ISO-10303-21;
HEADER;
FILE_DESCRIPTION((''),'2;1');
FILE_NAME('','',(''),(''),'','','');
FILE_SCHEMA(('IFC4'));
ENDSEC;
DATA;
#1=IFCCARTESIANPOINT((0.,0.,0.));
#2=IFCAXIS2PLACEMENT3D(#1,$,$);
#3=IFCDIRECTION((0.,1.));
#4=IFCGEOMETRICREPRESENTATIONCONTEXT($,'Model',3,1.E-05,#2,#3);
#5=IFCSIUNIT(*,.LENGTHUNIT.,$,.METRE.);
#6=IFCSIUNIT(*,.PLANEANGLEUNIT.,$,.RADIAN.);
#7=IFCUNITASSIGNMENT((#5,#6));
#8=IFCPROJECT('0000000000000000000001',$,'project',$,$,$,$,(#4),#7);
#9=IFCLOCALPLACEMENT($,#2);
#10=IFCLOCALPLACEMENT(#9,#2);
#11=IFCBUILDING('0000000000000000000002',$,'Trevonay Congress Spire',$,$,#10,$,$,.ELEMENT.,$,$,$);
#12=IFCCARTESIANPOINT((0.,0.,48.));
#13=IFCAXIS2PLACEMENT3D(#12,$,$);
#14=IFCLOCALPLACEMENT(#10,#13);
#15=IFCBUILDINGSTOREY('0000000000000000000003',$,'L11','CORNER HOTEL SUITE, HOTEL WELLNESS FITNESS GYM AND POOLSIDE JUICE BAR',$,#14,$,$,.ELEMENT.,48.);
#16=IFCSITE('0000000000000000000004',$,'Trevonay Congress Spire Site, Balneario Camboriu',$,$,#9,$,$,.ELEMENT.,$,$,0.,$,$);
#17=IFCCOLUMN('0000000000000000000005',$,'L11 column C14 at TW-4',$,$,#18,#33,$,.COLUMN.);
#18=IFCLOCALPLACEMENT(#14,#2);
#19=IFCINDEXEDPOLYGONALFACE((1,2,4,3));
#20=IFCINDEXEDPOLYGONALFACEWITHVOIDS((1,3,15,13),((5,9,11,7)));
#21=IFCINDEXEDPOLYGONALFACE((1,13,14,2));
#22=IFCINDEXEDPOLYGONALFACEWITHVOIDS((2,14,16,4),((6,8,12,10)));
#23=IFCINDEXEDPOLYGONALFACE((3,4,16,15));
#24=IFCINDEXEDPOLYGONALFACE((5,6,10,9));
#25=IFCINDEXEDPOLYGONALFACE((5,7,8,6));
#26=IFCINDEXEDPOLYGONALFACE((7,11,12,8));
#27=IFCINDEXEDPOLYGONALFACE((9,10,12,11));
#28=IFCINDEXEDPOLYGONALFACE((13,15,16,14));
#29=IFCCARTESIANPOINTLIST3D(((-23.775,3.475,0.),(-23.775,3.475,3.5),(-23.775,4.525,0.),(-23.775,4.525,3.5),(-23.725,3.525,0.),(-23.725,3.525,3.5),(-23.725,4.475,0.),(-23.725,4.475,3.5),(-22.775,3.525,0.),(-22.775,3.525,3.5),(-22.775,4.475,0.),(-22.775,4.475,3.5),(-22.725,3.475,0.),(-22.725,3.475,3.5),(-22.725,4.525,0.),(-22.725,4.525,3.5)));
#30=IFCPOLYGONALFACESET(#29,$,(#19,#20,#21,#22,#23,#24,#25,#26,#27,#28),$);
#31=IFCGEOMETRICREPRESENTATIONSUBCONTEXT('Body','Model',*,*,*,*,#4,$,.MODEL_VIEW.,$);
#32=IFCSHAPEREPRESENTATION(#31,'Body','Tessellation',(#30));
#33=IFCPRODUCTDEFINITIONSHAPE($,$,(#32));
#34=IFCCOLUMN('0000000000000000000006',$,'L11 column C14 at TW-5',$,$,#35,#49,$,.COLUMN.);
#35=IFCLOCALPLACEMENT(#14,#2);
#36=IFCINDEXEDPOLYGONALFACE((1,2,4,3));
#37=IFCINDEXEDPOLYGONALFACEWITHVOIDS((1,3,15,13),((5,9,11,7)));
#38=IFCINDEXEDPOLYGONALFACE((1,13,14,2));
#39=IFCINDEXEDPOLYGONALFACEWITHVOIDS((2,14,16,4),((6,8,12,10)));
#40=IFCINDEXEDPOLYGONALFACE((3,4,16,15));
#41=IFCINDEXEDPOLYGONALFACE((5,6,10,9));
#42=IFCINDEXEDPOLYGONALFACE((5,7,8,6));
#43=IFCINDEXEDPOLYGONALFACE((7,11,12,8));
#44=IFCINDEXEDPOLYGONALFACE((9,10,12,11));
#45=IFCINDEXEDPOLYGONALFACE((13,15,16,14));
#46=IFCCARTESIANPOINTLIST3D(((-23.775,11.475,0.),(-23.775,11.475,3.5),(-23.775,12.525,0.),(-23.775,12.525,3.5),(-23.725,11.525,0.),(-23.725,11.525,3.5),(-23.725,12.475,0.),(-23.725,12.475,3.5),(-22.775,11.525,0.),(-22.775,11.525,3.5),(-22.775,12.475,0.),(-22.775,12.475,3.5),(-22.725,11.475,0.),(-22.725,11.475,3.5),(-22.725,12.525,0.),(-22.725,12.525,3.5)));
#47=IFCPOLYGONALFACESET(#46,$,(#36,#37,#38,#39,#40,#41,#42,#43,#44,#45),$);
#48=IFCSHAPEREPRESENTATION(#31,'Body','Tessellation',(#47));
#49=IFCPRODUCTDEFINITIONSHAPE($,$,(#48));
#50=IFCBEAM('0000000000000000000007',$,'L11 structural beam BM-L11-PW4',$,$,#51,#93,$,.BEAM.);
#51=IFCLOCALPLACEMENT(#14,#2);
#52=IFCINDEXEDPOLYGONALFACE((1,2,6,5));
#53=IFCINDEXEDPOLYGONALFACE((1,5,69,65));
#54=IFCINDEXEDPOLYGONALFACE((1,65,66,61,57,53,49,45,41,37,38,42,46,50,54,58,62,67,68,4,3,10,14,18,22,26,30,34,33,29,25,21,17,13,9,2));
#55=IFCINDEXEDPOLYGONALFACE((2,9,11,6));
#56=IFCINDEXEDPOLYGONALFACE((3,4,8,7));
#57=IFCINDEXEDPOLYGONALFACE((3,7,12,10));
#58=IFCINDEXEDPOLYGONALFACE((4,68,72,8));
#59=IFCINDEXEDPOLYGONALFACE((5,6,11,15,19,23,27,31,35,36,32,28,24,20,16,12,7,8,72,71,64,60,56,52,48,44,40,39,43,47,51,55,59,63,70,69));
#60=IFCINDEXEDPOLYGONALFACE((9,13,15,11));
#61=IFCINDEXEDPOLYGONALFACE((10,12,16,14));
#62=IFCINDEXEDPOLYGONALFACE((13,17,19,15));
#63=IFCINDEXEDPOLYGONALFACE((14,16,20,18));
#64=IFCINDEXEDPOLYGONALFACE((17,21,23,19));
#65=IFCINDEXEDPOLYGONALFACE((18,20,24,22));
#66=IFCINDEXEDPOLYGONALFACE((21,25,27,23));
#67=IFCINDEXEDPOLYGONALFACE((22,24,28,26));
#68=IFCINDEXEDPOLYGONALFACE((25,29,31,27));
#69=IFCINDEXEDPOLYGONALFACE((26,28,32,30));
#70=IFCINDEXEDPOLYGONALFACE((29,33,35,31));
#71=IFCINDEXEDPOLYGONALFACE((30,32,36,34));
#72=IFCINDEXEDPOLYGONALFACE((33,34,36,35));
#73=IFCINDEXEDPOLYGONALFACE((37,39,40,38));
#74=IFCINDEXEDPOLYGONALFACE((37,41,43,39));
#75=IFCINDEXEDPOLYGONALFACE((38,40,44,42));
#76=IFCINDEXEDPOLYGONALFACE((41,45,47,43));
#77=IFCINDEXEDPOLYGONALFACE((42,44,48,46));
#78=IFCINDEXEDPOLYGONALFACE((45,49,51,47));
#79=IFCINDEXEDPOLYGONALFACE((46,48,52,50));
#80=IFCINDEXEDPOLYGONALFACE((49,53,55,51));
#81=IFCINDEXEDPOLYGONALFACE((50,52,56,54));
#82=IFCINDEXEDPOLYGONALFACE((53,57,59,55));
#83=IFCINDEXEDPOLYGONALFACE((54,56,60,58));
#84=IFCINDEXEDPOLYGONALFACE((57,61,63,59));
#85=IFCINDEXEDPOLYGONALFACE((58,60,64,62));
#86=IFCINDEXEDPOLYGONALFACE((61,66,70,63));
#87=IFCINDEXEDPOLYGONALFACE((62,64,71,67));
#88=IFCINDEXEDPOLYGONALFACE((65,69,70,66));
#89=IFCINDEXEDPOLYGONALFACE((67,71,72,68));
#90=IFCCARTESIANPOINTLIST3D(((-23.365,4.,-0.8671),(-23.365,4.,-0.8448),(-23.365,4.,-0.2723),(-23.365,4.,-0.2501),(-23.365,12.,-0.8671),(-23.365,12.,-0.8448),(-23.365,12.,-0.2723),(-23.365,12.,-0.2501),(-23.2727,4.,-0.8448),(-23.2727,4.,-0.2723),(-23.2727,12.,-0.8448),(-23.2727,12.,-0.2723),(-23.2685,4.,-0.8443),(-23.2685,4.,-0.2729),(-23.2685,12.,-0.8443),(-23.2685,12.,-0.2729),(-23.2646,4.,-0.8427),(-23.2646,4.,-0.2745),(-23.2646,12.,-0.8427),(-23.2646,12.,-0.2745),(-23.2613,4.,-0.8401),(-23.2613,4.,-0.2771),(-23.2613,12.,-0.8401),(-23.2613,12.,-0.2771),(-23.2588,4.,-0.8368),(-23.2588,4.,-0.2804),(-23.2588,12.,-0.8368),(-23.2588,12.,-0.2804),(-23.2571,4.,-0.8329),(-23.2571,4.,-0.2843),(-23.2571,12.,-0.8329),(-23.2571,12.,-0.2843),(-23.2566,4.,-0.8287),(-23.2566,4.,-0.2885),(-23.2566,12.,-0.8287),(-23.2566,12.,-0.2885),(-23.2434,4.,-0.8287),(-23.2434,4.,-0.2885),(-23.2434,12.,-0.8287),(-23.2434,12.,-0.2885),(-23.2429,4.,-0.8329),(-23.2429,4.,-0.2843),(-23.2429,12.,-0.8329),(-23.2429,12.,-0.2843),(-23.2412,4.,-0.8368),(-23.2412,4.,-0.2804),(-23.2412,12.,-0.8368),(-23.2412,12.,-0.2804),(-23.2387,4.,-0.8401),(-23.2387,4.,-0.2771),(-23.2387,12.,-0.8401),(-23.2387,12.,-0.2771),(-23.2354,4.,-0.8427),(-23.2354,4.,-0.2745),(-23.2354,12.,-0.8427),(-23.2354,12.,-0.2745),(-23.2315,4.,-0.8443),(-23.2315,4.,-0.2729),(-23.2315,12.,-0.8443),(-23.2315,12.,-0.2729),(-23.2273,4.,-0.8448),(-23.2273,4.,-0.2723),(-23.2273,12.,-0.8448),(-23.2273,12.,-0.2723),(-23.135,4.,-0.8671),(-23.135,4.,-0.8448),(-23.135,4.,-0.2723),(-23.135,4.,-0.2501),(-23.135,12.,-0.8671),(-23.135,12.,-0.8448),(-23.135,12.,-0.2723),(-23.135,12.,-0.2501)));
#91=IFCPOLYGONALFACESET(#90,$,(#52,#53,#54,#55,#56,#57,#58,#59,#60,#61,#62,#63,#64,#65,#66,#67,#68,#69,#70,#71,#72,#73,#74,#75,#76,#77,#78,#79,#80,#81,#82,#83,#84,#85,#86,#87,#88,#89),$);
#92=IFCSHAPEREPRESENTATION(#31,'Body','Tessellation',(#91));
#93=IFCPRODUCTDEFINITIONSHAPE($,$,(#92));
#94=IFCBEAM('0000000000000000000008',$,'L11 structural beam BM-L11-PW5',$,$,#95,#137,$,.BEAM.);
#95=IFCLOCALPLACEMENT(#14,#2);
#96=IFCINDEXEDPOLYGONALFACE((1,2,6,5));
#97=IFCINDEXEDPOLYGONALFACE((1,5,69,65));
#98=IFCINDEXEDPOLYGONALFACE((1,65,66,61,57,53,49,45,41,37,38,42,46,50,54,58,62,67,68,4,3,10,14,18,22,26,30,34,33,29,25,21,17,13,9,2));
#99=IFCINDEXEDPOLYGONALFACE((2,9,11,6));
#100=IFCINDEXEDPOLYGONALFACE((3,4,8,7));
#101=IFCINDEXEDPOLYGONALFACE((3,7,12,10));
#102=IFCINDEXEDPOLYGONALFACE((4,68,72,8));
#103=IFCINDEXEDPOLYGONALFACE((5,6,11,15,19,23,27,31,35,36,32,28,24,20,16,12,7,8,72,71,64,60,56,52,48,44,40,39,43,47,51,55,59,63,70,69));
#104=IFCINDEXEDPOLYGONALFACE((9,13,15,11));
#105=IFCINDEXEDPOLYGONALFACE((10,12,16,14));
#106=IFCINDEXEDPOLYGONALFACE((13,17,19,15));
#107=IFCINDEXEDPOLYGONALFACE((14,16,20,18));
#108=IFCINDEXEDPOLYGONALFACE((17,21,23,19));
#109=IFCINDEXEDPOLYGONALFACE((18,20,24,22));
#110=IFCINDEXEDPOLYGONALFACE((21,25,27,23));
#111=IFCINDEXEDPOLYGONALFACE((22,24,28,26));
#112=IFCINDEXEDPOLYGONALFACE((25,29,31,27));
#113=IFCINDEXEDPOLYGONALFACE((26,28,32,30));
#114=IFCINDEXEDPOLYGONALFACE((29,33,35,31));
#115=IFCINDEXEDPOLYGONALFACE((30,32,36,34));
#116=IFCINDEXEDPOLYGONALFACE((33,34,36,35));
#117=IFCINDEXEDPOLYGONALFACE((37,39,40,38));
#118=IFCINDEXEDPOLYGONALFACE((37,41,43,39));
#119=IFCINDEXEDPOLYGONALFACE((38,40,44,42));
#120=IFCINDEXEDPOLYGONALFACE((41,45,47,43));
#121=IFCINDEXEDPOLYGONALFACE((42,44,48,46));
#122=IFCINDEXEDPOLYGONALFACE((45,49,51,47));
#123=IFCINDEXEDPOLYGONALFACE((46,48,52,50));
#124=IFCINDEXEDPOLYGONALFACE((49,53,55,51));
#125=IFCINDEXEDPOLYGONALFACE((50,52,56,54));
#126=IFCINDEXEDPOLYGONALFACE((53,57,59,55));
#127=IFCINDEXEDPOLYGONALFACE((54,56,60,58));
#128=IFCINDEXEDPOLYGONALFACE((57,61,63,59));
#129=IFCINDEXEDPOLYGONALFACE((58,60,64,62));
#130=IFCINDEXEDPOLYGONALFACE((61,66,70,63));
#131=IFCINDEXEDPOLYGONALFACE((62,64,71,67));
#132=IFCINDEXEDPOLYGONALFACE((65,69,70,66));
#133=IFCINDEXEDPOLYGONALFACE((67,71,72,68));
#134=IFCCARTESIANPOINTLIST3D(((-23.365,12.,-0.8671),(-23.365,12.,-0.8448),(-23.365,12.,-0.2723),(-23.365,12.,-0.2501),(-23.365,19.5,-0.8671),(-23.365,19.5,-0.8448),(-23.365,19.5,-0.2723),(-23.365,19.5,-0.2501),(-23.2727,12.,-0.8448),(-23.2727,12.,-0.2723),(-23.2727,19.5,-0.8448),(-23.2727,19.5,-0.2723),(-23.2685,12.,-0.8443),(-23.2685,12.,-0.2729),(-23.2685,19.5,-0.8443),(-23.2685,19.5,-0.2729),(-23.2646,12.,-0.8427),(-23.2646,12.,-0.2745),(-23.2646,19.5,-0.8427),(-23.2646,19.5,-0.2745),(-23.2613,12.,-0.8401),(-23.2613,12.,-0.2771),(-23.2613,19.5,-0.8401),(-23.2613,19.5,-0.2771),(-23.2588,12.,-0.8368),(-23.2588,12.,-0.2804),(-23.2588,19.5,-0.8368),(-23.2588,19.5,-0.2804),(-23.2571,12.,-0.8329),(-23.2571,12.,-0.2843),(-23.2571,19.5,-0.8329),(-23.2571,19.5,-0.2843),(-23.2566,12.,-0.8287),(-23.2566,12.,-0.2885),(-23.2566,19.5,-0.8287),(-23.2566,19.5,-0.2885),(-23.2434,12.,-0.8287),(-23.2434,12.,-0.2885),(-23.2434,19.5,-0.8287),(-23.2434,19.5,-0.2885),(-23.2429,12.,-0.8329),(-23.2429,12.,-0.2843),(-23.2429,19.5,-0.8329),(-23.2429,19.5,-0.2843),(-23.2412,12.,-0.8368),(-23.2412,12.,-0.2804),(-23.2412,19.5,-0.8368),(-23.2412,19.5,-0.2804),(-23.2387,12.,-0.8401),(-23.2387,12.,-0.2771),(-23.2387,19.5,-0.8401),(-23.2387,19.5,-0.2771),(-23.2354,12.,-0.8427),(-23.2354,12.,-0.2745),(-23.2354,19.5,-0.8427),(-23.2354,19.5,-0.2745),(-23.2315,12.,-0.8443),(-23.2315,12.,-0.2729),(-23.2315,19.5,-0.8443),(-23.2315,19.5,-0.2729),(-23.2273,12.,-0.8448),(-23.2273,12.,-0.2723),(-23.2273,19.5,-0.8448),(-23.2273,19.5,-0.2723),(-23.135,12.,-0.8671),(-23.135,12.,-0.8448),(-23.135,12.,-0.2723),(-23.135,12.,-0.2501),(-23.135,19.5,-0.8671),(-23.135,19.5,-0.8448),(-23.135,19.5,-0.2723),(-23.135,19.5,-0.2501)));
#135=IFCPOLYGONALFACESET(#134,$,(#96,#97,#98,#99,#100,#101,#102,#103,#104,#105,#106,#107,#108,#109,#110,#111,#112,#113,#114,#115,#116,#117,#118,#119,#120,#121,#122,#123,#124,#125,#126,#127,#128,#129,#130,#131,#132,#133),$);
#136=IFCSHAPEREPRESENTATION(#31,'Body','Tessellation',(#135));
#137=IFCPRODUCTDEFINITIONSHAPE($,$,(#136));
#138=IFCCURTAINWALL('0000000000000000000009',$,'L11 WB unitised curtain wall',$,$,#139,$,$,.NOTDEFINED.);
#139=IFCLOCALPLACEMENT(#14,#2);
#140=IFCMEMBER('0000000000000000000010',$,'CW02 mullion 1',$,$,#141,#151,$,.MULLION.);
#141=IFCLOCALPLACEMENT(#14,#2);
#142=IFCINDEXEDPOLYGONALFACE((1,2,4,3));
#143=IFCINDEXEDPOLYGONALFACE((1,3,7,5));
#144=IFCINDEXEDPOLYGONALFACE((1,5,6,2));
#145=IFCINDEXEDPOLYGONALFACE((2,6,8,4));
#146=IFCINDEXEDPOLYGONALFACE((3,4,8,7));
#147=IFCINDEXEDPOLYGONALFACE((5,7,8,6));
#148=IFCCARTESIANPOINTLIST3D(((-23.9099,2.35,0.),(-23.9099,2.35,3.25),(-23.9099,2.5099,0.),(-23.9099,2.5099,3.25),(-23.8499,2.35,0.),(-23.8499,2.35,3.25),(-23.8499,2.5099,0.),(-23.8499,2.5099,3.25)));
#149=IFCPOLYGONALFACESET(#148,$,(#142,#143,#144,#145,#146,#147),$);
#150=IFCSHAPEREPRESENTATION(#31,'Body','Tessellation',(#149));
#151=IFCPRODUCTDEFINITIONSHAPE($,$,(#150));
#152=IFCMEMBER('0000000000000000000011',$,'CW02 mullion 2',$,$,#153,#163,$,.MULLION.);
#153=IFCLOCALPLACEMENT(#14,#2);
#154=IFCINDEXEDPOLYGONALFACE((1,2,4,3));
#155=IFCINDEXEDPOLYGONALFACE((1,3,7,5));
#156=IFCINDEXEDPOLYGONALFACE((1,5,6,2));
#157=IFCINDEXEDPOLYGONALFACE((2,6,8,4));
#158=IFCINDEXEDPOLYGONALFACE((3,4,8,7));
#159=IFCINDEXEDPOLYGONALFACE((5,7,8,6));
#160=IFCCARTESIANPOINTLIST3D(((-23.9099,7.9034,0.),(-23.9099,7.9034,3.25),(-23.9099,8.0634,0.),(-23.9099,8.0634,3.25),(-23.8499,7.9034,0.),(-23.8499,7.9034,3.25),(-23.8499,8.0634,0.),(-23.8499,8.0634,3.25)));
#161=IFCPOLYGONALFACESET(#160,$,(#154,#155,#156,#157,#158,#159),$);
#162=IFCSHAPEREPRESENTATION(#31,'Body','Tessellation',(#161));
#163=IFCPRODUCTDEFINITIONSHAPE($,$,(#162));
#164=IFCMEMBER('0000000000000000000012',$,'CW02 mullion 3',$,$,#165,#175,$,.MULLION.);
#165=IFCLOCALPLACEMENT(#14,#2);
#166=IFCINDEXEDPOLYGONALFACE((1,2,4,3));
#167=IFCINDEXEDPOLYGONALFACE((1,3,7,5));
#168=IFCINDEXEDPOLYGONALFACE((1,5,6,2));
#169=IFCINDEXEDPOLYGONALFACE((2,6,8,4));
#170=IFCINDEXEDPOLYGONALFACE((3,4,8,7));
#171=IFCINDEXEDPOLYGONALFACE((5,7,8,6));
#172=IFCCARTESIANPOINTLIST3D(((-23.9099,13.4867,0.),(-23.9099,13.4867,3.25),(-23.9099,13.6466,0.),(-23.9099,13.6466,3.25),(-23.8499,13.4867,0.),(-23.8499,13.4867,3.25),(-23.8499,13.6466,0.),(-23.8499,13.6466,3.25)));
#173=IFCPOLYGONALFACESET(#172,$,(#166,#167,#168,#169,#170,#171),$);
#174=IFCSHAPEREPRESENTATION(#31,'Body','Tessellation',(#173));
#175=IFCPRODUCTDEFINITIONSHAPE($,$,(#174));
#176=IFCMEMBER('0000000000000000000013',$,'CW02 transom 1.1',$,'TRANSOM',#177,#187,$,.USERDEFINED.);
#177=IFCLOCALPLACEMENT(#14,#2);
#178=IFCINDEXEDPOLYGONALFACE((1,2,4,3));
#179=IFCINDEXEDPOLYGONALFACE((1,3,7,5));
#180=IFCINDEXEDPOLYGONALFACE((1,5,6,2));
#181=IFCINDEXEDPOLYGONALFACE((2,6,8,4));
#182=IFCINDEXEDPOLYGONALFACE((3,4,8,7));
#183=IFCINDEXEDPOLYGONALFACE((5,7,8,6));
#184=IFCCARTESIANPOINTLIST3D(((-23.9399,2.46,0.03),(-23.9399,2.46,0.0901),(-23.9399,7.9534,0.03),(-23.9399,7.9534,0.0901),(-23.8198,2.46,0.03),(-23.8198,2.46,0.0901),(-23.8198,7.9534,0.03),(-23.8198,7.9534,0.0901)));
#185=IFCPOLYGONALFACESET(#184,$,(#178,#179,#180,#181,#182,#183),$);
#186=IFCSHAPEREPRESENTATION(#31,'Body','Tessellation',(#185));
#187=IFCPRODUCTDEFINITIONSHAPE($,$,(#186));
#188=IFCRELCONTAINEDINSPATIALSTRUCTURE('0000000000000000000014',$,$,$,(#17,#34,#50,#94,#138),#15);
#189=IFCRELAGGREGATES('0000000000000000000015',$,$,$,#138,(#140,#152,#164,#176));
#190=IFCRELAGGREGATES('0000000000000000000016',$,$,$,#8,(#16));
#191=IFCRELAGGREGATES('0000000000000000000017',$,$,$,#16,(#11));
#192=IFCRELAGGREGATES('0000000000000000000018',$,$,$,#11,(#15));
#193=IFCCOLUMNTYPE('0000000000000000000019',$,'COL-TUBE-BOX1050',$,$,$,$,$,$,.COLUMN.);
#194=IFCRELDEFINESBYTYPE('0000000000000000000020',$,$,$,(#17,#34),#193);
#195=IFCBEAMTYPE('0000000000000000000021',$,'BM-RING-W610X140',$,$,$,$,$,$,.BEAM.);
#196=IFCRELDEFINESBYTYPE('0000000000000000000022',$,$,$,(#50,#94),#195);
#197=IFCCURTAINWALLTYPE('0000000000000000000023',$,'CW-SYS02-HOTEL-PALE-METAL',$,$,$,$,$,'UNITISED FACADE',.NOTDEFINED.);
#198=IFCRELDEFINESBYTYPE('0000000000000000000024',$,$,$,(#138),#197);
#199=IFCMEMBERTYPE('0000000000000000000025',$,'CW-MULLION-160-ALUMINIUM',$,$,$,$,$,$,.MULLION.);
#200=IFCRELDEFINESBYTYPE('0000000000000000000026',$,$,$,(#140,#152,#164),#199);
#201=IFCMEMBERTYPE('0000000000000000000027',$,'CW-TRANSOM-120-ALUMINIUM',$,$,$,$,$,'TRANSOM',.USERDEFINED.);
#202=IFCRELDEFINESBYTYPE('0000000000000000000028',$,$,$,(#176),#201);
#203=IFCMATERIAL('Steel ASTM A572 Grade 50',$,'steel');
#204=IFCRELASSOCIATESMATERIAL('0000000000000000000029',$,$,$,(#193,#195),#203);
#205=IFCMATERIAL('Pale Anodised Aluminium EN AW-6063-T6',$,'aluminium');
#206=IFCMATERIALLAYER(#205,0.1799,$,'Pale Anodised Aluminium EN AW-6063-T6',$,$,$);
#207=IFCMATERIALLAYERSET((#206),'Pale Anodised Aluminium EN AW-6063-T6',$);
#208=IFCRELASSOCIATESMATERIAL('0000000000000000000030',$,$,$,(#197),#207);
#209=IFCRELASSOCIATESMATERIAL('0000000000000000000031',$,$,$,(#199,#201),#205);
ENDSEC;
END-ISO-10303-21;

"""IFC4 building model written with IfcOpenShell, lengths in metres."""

from ifc_helpers import new_model, si_unit, direction, frame, origin, origin_2d, place, context, subcontext, project, spatial, rectangle, hollow_rectangle, i_section, extrude, material, layer, layer_set, material_profile, profile_set, type_object, element, aggregate, save


model = new_model("IFC4")

# Units and contexts
model_context = context("Model", 3, precision=1e-05, world=origin(), true_north=direction((0.0, 1.0)))
body_context = subcontext(model_context, "Body", "Model", "MODEL_VIEW")
ifc_project = project(units=[si_unit("LENGTHUNIT", "METRE"), si_unit("PLANEANGLEUNIT", "RADIAN")], contexts=[model_context])

# Site, building, storey
site_placement = place(None, origin())
site = spatial("IfcSite", under=ifc_project, at=site_placement, Name="Trevonay Congress Spire Site, Balneario Camboriu", CompositionType="ELEMENT", RefElevation=0.0)
building_placement = place(site_placement, origin())
building = spatial("IfcBuilding", under=site, at=building_placement, Name="Trevonay Congress Spire", CompositionType="ELEMENT")
storey_placement = place(building_placement, frame((0.0, 0.0, 48.0)))
storey = spatial("IfcBuildingStorey", under=building, at=storey_placement, Name="L11", Description="CORNER HOTEL SUITE, HOTEL WELLNESS FITNESS GYM AND POOLSIDE JUICE BAR", CompositionType="ELEMENT", Elevation=48.0)

# Columns
ifc_material_1 = material(Name="Steel ASTM A572 Grade 50", Category="steel")
ifc_material_profile_1 = material_profile(ifc_material_1, hollow_rectangle(XDim=1.05, YDim=1.05, WallThickness=0.05, at=origin_2d()), Name="BOX 1050x1050x50")
ifc_profile_set_1 = profile_set([ifc_material_profile_1], Name="Steel ASTM A572 Grade 50")
column_type = type_object("IfcColumnType", Name="COL-TUBE-BOX1050", PredefinedType="COLUMN", material=ifc_profile_set_1)
for number, where, z_axis, x_axis, name in (
    (1, (-23.25, 4.0, 0.0), (0.0, 0.0, 1.0), (1.0, 0.0, 0.0), "L11 column C14 at TW-4"),
    (2, (-23.25, 12.0, 0.0), (0.0, 0.0, 1.0), (1.0, 0.0, 0.0), "L11 column C14 at TW-5"),
):
    element("IfcColumn", number, at=place(storey_placement, frame(where, z_axis=z_axis, x_axis=x_axis)), inside=storey, type_object=column_type, Name=name, PredefinedType="COLUMN", context=body_context, shape_type="SweptSolid", body=[
        extrude(hollow_rectangle(XDim=1.05, YDim=1.05, WallThickness=0.05, at=origin_2d()), origin(), (0.0, 0.0, 1.0), 3.5),
    ])

# Beams
ifc_material_profile_2 = material_profile(ifc_material_1, i_section(OverallWidth=0.23, OverallDepth=0.6169, WebThickness=0.0132, FlangeThickness=0.0222, FilletRadius=0.0161, at=origin_2d()), Name="W610x140")
ifc_profile_set_2 = profile_set([ifc_material_profile_2], Name="Steel ASTM A572 Grade 50")
beam_type_1 = type_object("IfcBeamType", Name="BM-RING-W610X140", PredefinedType="BEAM", material=ifc_profile_set_2)
beam_1_placement = place(storey_placement, frame((-23.25, 4.0, -0.5586), z_axis=(0.0, 1.0, 0.0), x_axis=(-1.0, 0.0, 0.0)))
element("IfcBeam", 3, at=beam_1_placement, inside=storey, type_object=beam_type_1, Name="L11 structural beam BM-L11-PW4", PredefinedType="BEAM", context=body_context, shape_type="SweptSolid", body=[
    extrude(i_section(OverallWidth=0.23, OverallDepth=0.6169, WebThickness=0.0132, FlangeThickness=0.0222, FilletRadius=0.0161, at=origin_2d()), origin(), (0.0, 0.0, 1.0), 8.0),
])
beam_2_placement = place(storey_placement, frame((-23.25, 12.0, -0.5586), z_axis=(0.0, 1.0, 0.0), x_axis=(-1.0, 0.0, 0.0)))
element("IfcBeam", 4, at=beam_2_placement, inside=storey, type_object=beam_type_1, Name="L11 structural beam BM-L11-PW5", PredefinedType="BEAM", context=body_context, shape_type="SweptSolid", body=[
    extrude(i_section(OverallWidth=0.23, OverallDepth=0.6169, WebThickness=0.0132, FlangeThickness=0.0222, FilletRadius=0.0161, at=origin_2d()), origin(), (0.0, 0.0, 1.0), 7.5),
])

# Curtain wall, members
ifc_material_2 = material(Name="Pale Anodised Aluminium EN AW-6063-T6", Category="aluminium")
ifc_layer_1 = layer(ifc_material_2, 0.1799, Name="Pale Anodised Aluminium EN AW-6063-T6")
ifc_layer_set_1 = layer_set([ifc_layer_1], Name="Pale Anodised Aluminium EN AW-6063-T6")
curtain_wall_type = type_object("IfcCurtainWallType", Name="CW-SYS02-HOTEL-PALE-METAL", ElementType="UNITISED FACADE", PredefinedType="NOTDEFINED", material=ifc_layer_set_1)
curtain_wall_placement = place(storey_placement, origin())
curtain_wall = element("IfcCurtainWall", 5, at=curtain_wall_placement, inside=storey, type_object=curtain_wall_type, Name="L11 WB unitised curtain wall", PredefinedType="NOTDEFINED")
ifc_material_profile_3 = material_profile(ifc_material_2, rectangle(XDim=0.0601, YDim=0.1599, at=origin_2d()), Name="CW-MULLION-160-ALUMINIUM")
ifc_profile_set_3 = profile_set([ifc_material_profile_3], Name="Pale Anodised Aluminium EN AW-6063-T6")
member_type_1 = type_object("IfcMemberType", Name="CW-MULLION-160-ALUMINIUM", PredefinedType="MULLION", material=ifc_profile_set_3)
member_1_placement = place(storey_placement, frame((-23.8799, 2.4299, 0.0), z_axis=(0.0, 0.0, 1.0), x_axis=(-1.0, 0.0, 0.0)))
member_1 = element("IfcMember", 6, at=member_1_placement, type_object=member_type_1, Name="CW02 mullion 1", PredefinedType="MULLION", context=body_context, shape_type="SweptSolid", body=[
    extrude(rectangle(XDim=0.0601, YDim=0.1599, at=origin_2d()), origin(), (0.0, 0.0, 1.0), 3.25),
])
member_2_placement = place(storey_placement, frame((-23.8799, 7.9834, 0.0), z_axis=(0.0, 0.0, 1.0), x_axis=(-1.0, 0.0, 0.0)))
member_2 = element("IfcMember", 7, at=member_2_placement, type_object=member_type_1, Name="CW02 mullion 2", PredefinedType="MULLION", context=body_context, shape_type="SweptSolid", body=[
    extrude(rectangle(XDim=0.0601, YDim=0.1599, at=origin_2d()), origin(), (0.0, 0.0, 1.0), 3.25),
])
member_3_placement = place(storey_placement, frame((-23.8799, 13.5667, 0.0), z_axis=(0.0, 0.0, 1.0), x_axis=(-1.0, 0.0, 0.0)))
member_3 = element("IfcMember", 8, at=member_3_placement, type_object=member_type_1, Name="CW02 mullion 3", PredefinedType="MULLION", context=body_context, shape_type="SweptSolid", body=[
    extrude(rectangle(XDim=0.0601, YDim=0.1599, at=origin_2d()), origin(), (0.0, 0.0, 1.0), 3.25),
])
ifc_material_profile_4 = material_profile(ifc_material_2, rectangle(XDim=0.1201, YDim=0.0601, at=origin_2d()), Name="CW-TRANSOM-120-ALUMINIUM")
ifc_profile_set_4 = profile_set([ifc_material_profile_4], Name="Pale Anodised Aluminium EN AW-6063-T6")
member_type_2 = type_object("IfcMemberType", Name="CW-TRANSOM-120-ALUMINIUM", ElementType="TRANSOM", PredefinedType="USERDEFINED", material=ifc_profile_set_4)
member_4_placement = place(storey_placement, frame((-23.8799, 2.46, 0.0601), z_axis=(0.0, 1.0, 0.0), x_axis=(-1.0, 0.0, 0.0)))
member_4 = element("IfcMember", 9, at=member_4_placement, type_object=member_type_2, Name="CW02 transom 1.1", ObjectType="TRANSOM", PredefinedType="USERDEFINED", context=body_context, shape_type="SweptSolid", body=[
    extrude(rectangle(XDim=0.1201, YDim=0.0601, at=origin_2d()), origin(), (0.0, 0.0, 1.0), 5.4934),
])

aggregate(curtain_wall, [member_1, member_2, member_3, member_4])

save(model, "model.ifc")
